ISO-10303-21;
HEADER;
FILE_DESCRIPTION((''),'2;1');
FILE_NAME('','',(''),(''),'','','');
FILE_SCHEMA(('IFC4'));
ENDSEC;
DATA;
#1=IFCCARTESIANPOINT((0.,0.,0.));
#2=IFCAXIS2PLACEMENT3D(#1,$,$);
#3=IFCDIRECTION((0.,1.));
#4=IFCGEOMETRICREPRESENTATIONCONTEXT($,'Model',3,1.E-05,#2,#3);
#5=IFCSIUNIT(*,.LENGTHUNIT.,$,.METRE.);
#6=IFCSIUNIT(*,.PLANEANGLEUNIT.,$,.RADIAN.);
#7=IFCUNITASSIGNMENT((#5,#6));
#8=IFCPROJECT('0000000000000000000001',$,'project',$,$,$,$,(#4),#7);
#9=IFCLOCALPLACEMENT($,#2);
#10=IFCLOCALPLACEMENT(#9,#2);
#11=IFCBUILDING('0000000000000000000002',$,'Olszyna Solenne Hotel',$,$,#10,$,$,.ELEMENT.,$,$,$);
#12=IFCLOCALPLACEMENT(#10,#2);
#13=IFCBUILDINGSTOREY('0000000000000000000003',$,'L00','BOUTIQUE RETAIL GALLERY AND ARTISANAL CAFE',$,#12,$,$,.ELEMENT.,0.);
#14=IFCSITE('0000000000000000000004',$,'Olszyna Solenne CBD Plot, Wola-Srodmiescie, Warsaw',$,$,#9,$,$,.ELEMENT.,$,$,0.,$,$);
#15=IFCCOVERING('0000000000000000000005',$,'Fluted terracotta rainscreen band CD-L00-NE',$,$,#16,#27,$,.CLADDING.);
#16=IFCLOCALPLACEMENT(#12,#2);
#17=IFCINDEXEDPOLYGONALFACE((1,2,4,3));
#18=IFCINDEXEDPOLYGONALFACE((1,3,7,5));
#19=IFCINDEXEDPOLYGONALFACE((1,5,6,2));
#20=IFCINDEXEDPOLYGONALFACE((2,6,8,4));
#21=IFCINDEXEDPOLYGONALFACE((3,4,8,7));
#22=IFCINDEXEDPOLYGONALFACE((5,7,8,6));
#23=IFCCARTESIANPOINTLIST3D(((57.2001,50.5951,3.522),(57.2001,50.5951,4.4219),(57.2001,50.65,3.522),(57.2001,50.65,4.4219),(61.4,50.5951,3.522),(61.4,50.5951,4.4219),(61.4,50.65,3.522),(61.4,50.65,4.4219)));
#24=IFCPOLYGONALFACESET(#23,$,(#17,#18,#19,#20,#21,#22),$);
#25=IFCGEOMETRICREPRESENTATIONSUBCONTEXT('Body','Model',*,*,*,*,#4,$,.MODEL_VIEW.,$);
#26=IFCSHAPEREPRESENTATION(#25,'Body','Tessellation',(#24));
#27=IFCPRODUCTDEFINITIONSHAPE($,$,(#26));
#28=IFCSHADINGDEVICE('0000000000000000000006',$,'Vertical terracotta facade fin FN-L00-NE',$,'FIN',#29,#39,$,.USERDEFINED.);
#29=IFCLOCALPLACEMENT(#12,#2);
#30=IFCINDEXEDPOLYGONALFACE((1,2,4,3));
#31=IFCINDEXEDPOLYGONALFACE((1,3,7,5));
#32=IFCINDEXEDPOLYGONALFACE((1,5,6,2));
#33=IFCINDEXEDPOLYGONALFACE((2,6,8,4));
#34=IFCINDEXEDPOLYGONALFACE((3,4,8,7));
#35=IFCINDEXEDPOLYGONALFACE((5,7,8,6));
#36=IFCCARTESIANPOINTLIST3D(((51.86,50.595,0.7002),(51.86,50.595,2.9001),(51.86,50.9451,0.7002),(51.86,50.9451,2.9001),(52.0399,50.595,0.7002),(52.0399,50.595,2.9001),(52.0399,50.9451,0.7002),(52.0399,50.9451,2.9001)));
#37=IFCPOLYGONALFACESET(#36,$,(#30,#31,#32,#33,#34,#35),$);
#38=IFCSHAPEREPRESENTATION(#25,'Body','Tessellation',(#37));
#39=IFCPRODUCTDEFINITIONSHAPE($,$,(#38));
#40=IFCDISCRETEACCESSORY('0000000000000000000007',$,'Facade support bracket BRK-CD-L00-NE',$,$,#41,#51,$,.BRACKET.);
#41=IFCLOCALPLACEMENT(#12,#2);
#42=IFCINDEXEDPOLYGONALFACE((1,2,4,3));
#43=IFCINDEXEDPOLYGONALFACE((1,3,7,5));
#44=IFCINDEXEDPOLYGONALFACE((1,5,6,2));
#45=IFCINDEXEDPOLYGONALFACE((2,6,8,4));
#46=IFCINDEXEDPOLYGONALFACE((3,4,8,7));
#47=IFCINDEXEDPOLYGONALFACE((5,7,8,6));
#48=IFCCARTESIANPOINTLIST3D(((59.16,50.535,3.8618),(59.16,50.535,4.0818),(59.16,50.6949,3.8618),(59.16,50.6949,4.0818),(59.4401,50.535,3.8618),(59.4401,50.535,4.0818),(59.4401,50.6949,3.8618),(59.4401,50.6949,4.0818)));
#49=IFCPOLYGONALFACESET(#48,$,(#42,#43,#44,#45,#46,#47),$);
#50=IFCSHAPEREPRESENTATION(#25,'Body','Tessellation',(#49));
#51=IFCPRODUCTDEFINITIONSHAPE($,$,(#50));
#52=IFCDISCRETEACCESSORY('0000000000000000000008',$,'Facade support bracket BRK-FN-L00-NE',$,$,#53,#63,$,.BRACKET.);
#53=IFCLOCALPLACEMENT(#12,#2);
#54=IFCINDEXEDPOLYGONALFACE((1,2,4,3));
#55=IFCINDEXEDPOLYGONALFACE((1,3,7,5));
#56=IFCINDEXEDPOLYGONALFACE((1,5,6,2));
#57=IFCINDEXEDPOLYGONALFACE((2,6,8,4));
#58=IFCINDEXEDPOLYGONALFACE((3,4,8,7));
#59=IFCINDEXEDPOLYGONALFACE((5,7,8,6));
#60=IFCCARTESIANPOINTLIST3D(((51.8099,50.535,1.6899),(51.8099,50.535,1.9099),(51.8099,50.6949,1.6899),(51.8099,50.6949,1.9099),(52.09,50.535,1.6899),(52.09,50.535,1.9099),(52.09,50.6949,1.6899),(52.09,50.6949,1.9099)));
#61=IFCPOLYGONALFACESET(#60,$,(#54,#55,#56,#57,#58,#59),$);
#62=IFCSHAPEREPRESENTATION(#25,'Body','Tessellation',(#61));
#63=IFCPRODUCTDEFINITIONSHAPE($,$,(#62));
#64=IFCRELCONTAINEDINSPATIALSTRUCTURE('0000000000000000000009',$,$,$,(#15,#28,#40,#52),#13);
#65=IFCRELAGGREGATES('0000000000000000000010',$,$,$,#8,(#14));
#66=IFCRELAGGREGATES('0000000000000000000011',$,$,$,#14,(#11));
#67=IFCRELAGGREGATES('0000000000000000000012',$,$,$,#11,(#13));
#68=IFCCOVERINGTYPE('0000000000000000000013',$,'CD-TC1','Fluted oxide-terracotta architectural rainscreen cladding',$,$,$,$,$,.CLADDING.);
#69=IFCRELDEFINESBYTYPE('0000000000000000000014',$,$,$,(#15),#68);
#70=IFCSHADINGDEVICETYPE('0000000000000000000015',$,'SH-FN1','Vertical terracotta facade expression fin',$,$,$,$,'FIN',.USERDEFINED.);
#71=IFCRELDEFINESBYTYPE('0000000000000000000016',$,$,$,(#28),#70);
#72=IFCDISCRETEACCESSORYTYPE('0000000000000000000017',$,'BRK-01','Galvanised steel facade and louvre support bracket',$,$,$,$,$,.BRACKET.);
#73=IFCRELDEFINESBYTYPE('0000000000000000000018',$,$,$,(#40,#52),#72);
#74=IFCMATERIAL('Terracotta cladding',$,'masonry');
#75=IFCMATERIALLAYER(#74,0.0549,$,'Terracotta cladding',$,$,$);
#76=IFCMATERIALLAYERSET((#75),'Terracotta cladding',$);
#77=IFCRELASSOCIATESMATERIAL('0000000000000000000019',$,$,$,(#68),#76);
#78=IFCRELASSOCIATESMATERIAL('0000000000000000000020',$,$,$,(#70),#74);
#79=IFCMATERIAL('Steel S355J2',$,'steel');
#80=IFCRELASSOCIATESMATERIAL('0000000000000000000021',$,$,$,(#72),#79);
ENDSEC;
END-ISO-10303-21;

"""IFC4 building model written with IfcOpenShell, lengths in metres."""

from ifc_helpers import new_model, si_unit, direction, frame, origin, origin_2d, place, context, subcontext, project, spatial, rectangle, extrude, source, transform, mapped, material, layer, layer_set, type_object, element, save


model = new_model("IFC4")

# Units and contexts
model_context = context("Model", 3, precision=1e-05, world=origin(), true_north=direction((0.0, 1.0)))
body_context = subcontext(model_context, "Body", "Model", "MODEL_VIEW")
ifc_project = project(units=[si_unit("LENGTHUNIT", "METRE"), si_unit("PLANEANGLEUNIT", "RADIAN")], contexts=[model_context])

# Site, building, storey
site_placement = place(None, origin())
site = spatial("IfcSite", under=ifc_project, at=site_placement, Name="Olszyna Solenne CBD Plot, Wola-Srodmiescie, Warsaw", CompositionType="ELEMENT", RefElevation=0.0)
building_placement = place(site_placement, origin())
building = spatial("IfcBuilding", under=site, at=building_placement, Name="Olszyna Solenne Hotel", CompositionType="ELEMENT")
storey_placement = place(building_placement, origin())
storey = spatial("IfcBuildingStorey", under=building, at=storey_placement, Name="L00", Description="BOUTIQUE RETAIL GALLERY AND ARTISANAL CAFE", CompositionType="ELEMENT", Elevation=0.0)

# Shared definitions
ifc_material_1 = material(Name="Steel S355J2", Category="steel")

# Covering
ifc_material_2 = material(Name="Terracotta cladding", Category="masonry")
ifc_layer_1 = layer(ifc_material_2, 0.0549, Name="Terracotta cladding")
ifc_layer_set_1 = layer_set([ifc_layer_1], Name="Terracotta cladding")
covering_type = type_object("IfcCoveringType", Name="CD-TC1", Description="Fluted oxide-terracotta architectural rainscreen cladding", PredefinedType="CLADDING", material=ifc_layer_set_1)
shared_shape_1 = source(origin(), body_context, "Body", "SweptSolid", [
    extrude(rectangle(XDim=4.2, YDim=0.0549, at=origin_2d()), origin(), (0.0, 0.0, 1.0), 0.8999),
])
covering_placement = place(storey_placement, frame((59.3, 50.6226, 3.522), z_axis=(0.0, 0.0, 1.0), x_axis=(1.0, 0.0, 0.0)))
element("IfcCovering", 1, at=covering_placement, inside=storey, type_object=covering_type, Name="Fluted terracotta rainscreen band CD-L00-NE", PredefinedType="CLADDING", context=body_context, shape_type="MappedRepresentation", body=[
    mapped(shared_shape_1, transform((0.0, 0.0, 0.0), x_axis=(1.0, 0.0, 0.0), y_axis=(0.0, 1.0, 0.0), z_axis=(0.0, 0.0, 1.0), scale=1.0)),
])

# Shading device
shading_device_type = type_object("IfcShadingDeviceType", Name="SH-FN1", Description="Vertical terracotta facade expression fin", ElementType="FIN", PredefinedType="USERDEFINED", material=ifc_material_2)
shared_shape_2 = source(origin(), body_context, "Body", "SweptSolid", [
    extrude(rectangle(XDim=0.1799, YDim=0.3501, at=origin_2d()), origin(), (0.0, 0.0, 1.0), 2.2),
])
shading_device_placement = place(storey_placement, frame((51.95, 50.77, 0.7002), z_axis=(0.0, 0.0, 1.0), x_axis=(1.0, 0.0, 0.0)))
element("IfcShadingDevice", 2, at=shading_device_placement, inside=storey, type_object=shading_device_type, Name="Vertical terracotta facade fin FN-L00-NE", ObjectType="FIN", PredefinedType="USERDEFINED", context=body_context, shape_type="MappedRepresentation", body=[
    mapped(shared_shape_2, transform((0.0, 0.0, 0.0), x_axis=(1.0, 0.0, 0.0), y_axis=(0.0, 1.0, 0.0), z_axis=(0.0, 0.0, 1.0), scale=1.0)),
])

# Discrete accessories
discrete_accessory_type = type_object("IfcDiscreteAccessoryType", Name="BRK-01", Description="Galvanised steel facade and louvre support bracket", PredefinedType="BRACKET", material=ifc_material_1)
shared_shape_3 = source(origin(), body_context, "Body", "SweptSolid", [
    extrude(rectangle(XDim=0.28, YDim=0.1599, at=origin_2d()), origin(), (0.0, 0.0, 1.0), 0.22),
])
for number, where, z_axis, x_axis, name in (
    (3, (59.3, 50.615, 3.8618), (0.0, 0.0, 1.0), (1.0, 0.0, 0.0), "Facade support bracket BRK-CD-L00-NE"),
    (4, (51.95, 50.615, 1.6899), (0.0, 0.0, 1.0), (1.0, 0.0, 0.0), "Facade support bracket BRK-FN-L00-NE"),
):
    element("IfcDiscreteAccessory", number, at=place(storey_placement, frame(where, z_axis=z_axis, x_axis=x_axis)), inside=storey, type_object=discrete_accessory_type, Name=name, PredefinedType="BRACKET", context=body_context, shape_type="MappedRepresentation", body=[
        mapped(shared_shape_3, transform((0.0, 0.0, 0.0), x_axis=(1.0, 0.0, 0.0), y_axis=(0.0, 1.0, 0.0), z_axis=(0.0, 0.0, 1.0), scale=1.0)),
    ])

save(model, "model.ifc")
